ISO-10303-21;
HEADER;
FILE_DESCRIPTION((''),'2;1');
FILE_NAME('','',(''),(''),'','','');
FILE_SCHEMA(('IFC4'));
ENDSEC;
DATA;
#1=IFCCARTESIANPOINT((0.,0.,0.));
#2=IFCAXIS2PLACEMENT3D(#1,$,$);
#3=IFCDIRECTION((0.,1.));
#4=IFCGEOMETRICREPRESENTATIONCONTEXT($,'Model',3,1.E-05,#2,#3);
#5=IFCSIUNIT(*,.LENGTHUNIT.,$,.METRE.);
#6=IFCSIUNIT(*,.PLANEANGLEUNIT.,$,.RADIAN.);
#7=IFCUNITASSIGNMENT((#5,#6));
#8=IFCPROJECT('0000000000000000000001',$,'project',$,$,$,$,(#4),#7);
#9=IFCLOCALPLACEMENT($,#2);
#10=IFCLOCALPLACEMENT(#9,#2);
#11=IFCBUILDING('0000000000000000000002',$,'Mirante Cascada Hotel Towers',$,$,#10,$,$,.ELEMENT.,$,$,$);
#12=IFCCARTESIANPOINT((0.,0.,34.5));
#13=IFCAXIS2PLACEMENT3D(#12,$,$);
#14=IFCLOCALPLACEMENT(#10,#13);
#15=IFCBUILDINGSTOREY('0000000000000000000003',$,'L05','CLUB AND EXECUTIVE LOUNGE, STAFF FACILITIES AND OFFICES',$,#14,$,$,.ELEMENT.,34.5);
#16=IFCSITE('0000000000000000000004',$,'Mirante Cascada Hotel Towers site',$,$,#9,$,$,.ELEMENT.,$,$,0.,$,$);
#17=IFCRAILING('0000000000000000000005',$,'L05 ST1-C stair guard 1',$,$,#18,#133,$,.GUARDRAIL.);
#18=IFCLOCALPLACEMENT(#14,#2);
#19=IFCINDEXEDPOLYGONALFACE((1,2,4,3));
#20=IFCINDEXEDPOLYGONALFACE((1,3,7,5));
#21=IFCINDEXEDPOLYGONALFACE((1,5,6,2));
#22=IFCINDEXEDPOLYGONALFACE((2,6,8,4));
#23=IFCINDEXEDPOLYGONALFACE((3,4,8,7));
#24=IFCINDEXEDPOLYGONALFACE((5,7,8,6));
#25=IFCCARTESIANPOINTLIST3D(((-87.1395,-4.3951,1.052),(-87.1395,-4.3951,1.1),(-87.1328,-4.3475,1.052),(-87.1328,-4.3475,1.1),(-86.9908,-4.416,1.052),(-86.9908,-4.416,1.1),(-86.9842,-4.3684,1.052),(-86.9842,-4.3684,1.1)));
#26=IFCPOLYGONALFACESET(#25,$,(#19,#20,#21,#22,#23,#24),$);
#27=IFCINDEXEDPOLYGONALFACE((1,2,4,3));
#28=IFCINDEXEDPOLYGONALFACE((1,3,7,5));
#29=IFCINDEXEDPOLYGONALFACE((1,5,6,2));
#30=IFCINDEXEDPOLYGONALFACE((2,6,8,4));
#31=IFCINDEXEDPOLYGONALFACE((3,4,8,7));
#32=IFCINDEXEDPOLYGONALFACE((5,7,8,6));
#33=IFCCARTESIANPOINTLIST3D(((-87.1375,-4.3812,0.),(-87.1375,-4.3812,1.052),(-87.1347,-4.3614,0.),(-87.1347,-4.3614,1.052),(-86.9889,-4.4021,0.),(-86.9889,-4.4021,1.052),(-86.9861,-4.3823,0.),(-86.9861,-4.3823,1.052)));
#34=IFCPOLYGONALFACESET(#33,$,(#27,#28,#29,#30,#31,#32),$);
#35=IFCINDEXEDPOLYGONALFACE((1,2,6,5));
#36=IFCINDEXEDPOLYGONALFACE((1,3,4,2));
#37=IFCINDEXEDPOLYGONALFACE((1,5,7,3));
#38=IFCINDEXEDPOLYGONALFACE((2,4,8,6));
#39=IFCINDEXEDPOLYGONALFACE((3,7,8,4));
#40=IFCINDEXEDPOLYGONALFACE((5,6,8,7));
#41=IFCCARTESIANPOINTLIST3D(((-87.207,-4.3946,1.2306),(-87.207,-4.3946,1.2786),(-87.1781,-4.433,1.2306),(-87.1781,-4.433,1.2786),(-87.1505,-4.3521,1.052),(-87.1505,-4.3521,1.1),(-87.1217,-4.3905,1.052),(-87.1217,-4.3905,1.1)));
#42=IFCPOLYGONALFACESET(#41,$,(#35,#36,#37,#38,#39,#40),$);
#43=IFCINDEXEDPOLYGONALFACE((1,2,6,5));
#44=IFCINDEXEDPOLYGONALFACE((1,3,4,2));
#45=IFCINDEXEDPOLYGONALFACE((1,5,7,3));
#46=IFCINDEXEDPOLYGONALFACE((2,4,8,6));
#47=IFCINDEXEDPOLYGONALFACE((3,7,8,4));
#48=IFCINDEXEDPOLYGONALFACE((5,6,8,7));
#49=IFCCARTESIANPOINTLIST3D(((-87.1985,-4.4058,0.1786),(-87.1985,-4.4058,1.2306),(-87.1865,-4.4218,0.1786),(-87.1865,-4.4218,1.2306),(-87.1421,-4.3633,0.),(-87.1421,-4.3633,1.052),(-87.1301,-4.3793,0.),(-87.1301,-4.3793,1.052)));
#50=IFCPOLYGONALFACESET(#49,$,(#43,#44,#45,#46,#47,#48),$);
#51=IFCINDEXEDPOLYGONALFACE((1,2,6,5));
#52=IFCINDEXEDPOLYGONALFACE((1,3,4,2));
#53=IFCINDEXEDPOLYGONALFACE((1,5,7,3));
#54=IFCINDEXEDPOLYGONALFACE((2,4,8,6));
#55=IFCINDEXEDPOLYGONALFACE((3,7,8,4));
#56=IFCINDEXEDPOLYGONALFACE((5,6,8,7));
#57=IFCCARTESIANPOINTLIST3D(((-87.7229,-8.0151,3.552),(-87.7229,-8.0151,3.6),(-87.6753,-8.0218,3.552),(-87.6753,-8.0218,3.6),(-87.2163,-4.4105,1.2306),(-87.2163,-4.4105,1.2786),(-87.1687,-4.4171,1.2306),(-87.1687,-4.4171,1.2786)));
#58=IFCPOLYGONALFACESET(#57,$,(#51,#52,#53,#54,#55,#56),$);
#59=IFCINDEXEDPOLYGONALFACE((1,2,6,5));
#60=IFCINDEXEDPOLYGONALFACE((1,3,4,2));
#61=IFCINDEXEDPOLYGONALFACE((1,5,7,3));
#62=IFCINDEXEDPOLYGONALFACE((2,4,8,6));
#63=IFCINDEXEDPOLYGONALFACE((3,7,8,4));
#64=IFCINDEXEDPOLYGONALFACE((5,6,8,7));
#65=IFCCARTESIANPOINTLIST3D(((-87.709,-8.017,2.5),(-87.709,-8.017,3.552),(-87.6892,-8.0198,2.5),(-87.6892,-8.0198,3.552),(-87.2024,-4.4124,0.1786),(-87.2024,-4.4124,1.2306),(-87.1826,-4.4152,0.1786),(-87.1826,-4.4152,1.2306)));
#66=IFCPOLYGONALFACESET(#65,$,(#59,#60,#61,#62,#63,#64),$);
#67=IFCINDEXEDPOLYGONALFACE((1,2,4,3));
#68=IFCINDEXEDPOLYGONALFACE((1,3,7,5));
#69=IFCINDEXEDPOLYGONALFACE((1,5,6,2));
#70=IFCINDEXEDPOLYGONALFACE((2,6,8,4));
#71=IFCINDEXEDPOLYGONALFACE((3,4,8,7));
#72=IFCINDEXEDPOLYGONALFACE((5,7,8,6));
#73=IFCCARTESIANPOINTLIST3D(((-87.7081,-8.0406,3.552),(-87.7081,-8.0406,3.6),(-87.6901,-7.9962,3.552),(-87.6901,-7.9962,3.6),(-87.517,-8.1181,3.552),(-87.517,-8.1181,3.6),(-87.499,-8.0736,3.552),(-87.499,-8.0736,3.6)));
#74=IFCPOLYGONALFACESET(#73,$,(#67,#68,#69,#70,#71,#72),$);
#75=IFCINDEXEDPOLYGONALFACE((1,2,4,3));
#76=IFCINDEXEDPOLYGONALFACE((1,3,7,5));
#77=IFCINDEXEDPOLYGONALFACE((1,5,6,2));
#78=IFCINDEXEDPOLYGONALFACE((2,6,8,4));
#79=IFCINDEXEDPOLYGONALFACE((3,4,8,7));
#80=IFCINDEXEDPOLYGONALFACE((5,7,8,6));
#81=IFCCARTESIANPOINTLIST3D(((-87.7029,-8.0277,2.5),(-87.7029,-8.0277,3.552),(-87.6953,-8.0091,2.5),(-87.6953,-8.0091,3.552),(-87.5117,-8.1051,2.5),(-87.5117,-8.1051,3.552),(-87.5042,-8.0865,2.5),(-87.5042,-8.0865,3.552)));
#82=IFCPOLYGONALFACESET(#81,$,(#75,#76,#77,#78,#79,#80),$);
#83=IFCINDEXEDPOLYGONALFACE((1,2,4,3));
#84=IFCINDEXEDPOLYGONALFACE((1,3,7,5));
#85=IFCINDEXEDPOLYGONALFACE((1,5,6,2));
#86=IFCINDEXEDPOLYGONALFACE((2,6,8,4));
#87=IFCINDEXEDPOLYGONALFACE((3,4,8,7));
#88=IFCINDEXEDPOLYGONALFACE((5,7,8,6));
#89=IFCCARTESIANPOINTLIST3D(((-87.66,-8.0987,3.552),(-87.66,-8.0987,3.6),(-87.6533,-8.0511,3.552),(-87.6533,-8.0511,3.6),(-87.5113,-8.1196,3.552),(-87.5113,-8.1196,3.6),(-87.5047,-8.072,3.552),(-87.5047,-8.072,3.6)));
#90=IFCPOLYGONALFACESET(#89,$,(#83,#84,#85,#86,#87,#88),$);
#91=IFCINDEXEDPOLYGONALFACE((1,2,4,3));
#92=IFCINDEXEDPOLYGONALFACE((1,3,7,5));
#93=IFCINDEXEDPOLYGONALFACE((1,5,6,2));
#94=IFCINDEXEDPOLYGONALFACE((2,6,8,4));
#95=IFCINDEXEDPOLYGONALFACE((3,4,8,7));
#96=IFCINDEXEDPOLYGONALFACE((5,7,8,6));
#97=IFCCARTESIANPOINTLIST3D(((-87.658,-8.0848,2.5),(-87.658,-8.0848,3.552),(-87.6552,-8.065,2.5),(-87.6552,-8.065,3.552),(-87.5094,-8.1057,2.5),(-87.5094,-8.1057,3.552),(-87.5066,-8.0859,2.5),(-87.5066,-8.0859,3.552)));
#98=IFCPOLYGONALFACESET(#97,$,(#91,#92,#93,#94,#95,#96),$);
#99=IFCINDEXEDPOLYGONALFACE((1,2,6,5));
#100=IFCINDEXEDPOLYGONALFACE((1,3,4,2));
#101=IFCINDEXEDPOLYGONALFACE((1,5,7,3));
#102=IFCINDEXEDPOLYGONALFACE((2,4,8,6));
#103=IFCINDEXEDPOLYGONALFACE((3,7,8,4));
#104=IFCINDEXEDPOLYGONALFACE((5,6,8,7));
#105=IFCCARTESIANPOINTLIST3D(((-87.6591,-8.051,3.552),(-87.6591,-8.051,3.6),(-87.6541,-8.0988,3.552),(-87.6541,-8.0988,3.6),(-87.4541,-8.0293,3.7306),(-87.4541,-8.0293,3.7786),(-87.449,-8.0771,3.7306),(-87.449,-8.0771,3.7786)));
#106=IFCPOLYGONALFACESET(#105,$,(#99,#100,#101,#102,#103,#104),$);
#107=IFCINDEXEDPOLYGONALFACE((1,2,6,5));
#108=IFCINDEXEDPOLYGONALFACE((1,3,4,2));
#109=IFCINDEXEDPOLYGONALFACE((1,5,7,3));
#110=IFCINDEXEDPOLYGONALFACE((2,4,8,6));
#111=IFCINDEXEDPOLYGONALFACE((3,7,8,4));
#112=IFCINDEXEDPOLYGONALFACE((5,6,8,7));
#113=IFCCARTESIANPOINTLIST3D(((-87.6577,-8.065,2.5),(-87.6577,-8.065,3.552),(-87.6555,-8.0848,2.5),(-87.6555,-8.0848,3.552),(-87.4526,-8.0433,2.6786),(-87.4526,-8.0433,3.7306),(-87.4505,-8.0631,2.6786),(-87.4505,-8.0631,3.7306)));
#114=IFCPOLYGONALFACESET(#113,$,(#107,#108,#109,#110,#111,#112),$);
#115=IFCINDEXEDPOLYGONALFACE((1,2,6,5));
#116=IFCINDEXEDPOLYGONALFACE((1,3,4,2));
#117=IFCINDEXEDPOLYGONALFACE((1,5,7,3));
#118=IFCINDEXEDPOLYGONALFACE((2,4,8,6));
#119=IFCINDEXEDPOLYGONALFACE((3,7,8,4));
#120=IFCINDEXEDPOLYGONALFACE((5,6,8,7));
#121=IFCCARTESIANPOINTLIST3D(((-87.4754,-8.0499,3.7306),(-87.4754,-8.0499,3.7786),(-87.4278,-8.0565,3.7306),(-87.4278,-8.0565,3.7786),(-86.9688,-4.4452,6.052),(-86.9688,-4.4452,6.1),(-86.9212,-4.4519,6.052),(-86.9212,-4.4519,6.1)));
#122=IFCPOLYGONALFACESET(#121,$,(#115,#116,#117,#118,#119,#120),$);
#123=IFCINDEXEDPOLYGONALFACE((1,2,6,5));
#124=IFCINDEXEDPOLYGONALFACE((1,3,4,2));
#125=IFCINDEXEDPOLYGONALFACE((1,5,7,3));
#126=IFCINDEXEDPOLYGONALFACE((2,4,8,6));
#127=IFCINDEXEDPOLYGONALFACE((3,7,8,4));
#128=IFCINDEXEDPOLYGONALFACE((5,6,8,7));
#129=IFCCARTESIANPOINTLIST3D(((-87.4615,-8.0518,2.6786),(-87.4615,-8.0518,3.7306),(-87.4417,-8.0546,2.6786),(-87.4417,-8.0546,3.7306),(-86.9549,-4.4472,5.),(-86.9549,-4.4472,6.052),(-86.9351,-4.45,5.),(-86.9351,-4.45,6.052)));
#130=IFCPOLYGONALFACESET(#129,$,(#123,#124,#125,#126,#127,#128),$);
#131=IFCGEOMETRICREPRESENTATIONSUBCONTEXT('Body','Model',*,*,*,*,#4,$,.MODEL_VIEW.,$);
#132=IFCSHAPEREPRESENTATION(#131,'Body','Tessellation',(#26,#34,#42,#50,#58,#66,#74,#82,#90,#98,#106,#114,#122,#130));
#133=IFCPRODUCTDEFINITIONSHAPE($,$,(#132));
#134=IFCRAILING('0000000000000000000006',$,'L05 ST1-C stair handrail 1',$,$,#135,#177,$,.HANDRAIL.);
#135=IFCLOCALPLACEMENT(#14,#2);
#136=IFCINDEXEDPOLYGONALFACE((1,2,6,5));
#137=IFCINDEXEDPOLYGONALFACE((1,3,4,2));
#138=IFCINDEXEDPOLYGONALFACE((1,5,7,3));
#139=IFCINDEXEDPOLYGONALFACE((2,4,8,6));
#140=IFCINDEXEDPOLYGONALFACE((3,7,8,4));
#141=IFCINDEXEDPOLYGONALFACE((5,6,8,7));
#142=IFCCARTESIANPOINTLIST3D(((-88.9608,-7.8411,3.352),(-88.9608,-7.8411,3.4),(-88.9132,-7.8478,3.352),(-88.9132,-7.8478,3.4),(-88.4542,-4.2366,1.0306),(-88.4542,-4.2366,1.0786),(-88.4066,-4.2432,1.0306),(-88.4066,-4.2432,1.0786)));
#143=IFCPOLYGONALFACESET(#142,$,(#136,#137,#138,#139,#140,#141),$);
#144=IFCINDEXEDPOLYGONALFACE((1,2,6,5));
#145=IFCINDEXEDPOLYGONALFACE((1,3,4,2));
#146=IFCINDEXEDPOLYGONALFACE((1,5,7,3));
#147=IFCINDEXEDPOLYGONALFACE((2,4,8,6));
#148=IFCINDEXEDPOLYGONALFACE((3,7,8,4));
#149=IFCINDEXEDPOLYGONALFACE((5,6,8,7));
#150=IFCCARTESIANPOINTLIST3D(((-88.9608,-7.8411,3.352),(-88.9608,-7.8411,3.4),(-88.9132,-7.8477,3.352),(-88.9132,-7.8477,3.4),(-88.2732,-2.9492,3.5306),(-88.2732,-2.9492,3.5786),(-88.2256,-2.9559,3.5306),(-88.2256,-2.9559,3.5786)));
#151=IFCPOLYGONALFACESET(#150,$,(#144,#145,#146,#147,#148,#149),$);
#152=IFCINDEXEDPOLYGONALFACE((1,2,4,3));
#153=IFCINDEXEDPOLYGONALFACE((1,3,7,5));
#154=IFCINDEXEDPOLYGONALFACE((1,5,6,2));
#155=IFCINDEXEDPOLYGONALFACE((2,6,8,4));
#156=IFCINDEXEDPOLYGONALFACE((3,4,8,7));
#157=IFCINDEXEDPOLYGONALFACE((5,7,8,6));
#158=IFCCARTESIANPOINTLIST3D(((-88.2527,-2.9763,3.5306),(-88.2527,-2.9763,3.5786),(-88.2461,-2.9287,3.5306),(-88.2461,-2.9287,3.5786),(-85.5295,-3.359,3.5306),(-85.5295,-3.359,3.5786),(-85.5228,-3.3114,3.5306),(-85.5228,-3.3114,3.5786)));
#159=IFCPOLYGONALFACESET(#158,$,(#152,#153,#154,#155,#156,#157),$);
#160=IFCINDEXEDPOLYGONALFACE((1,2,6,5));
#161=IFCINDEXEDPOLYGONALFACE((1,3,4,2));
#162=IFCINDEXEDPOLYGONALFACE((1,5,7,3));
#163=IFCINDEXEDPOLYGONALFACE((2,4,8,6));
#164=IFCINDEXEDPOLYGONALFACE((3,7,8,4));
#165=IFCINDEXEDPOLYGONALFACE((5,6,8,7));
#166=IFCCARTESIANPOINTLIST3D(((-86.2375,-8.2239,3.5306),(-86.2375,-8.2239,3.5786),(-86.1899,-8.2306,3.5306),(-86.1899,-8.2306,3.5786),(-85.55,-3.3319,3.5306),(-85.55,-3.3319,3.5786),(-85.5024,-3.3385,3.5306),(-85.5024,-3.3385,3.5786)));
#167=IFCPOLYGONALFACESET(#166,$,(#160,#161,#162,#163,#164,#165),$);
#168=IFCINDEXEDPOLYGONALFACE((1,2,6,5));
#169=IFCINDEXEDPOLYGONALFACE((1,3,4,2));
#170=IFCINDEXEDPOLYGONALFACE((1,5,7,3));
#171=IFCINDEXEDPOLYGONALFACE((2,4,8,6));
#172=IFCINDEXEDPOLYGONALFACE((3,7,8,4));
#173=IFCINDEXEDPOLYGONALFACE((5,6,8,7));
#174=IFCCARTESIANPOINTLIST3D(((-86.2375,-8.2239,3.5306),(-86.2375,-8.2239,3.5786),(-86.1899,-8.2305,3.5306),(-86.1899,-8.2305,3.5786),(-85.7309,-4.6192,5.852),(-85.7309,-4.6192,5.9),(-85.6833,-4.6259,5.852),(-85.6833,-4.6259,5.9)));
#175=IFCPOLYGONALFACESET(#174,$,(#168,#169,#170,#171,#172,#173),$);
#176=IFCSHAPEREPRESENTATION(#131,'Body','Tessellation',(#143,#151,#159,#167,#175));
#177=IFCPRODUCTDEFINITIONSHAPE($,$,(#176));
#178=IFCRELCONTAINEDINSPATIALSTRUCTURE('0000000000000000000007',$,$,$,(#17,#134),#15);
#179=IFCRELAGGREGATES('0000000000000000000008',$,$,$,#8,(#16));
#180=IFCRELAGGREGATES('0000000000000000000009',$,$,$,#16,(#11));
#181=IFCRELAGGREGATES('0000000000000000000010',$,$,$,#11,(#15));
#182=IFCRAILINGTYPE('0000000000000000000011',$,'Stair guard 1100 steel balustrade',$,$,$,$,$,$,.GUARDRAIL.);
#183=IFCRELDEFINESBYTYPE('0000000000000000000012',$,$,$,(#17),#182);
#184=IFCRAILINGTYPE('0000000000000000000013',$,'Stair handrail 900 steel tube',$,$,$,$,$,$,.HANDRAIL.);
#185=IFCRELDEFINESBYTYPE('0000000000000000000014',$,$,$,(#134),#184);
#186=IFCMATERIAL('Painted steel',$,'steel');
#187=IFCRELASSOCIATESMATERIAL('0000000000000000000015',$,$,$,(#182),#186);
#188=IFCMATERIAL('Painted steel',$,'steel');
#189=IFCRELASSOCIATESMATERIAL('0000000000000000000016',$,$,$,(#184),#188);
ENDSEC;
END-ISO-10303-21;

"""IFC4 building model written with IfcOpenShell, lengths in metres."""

from ifc_helpers import new_model, si_unit, direction, frame, origin, origin_2d, place, context, subcontext, project, spatial, rectangle, extrude, material, type_object, element, save


model = new_model("IFC4")

# Units and contexts
model_context = context("Model", 3, precision=1e-05, world=origin(), true_north=direction((0.0, 1.0)))
body_context = subcontext(model_context, "Body", "Model", "MODEL_VIEW")
ifc_project = project(units=[si_unit("LENGTHUNIT", "METRE"), si_unit("PLANEANGLEUNIT", "RADIAN")], contexts=[model_context])

# Site, building, storey
site_placement = place(None, origin())
site = spatial("IfcSite", under=ifc_project, at=site_placement, Name="Mirante Cascada Hotel Towers site", CompositionType="ELEMENT", RefElevation=0.0)
building_placement = place(site_placement, origin())
building = spatial("IfcBuilding", under=site, at=building_placement, Name="Mirante Cascada Hotel Towers", CompositionType="ELEMENT")
storey_placement = place(building_placement, frame((0.0, 0.0, 34.5)))
storey = spatial("IfcBuildingStorey", under=building, at=storey_placement, Name="L05", Description="CLUB AND EXECUTIVE LOUNGE, STAFF FACILITIES AND OFFICES", CompositionType="ELEMENT", Elevation=34.5)

# Railings
ifc_material_1 = material(Name="Painted steel", Category="steel")
railing_type_1 = type_object("IfcRailingType", Name="Stair guard 1100 steel balustrade", PredefinedType="GUARDRAIL", material=ifc_material_1)
railing_1_placement = place(storey_placement, frame((-86.9875, -4.3922, 0.0)))
element("IfcRailing", 1, at=railing_1_placement, inside=storey, type_object=railing_type_1, Name="L05 ST1-C stair guard 1", PredefinedType="GUARDRAIL", context=body_context, shape_type="SweptSolid", body=[
    extrude(rectangle(XDim=0.048, YDim=0.048, at=origin_2d()), frame((0.0, 0.0, 1.076), z_axis=(-0.990254, 0.139275, 0.0), x_axis=(-0.139275, -0.990254, 0.0)), (0.0, 0.0, 1.0), 0.1501),
    extrude(rectangle(XDim=0.02, YDim=1.052, at=origin_2d()), frame((0.0, 0.0, 0.526), z_axis=(-0.990254, 0.139275, 0.0), x_axis=(-0.139275, -0.990254, 0.0)), (0.0, 0.0, 1.0), 0.1501),
    extrude(rectangle(XDim=0.048, YDim=0.048, at=origin_2d()), frame((-0.1486, 0.0209, 1.076), z_axis=(-0.798639, -0.601811, 0.0), x_axis=(0.601811, -0.798639, 0.0)), (0.0, 0.929941, 0.367708), 0.1921),
    extrude(rectangle(XDim=0.02, YDim=1.052, at=origin_2d()), frame((-0.1486, 0.0209, 0.526), z_axis=(-0.798639, -0.601811, 0.0), x_axis=(0.601811, -0.798639, 0.0)), (0.0, 0.929941, 0.367708), 0.1921),
    extrude(rectangle(XDim=0.048, YDim=0.048, at=origin_2d()), frame((-0.205, -0.0216, 1.2546), z_axis=(-0.139175, -0.990268, 0.0), x_axis=(0.990268, -0.139175, 0.0)), (0.0, 0.537703, 0.843134), 4.3173),
    extrude(rectangle(XDim=0.02, YDim=1.052, at=origin_2d()), frame((-0.205, -0.0216, 0.7046), z_axis=(-0.139175, -0.990268, 0.0), x_axis=(0.990268, -0.139175, 0.0)), (0.0, 0.537703, 0.843134), 4.3173),
    extrude(rectangle(XDim=0.048, YDim=0.048, at=origin_2d()), frame((-0.7116, -3.6262, 3.576), z_axis=(0.926862, -0.375401, 0.0), x_axis=(0.375401, 0.926862, 0.0)), (0.0, 0.0, 1.0), 0.2062),
    extrude(rectangle(XDim=0.02, YDim=1.052, at=origin_2d()), frame((-0.7116, -3.6262, 3.026), z_axis=(0.926862, -0.375401, 0.0), x_axis=(0.375401, 0.926862, 0.0)), (0.0, 0.0, 1.0), 0.2062),
    extrude(rectangle(XDim=0.048, YDim=0.048, at=origin_2d()), frame((-0.5205, -3.7036, 3.576), z_axis=(-0.990254, 0.139275, 0.0), x_axis=(-0.139275, -0.990254, 0.0)), (0.0, 0.0, 1.0), 0.1501),
    extrude(rectangle(XDim=0.02, YDim=1.052, at=origin_2d()), frame((-0.5205, -3.7036, 3.026), z_axis=(-0.990254, 0.139275, 0.0), x_axis=(-0.139275, -0.990254, 0.0)), (0.0, 0.0, 1.0), 0.1501),
    extrude(rectangle(XDim=0.048, YDim=0.048, at=origin_2d()), frame((-0.6691, -3.6827, 3.576), z_axis=(0.994444, 0.105266, 0.0), x_axis=(-0.105266, 0.994444, 0.0)), (0.0, 0.654806, 0.755797), 0.2728),
    extrude(rectangle(XDim=0.02, YDim=1.052, at=origin_2d()), frame((-0.6691, -3.6827, 3.026), z_axis=(0.994444, 0.105266, 0.0), x_axis=(-0.105266, 0.994444, 0.0)), (0.0, 0.654806, 0.755797), 0.2728),
    extrude(rectangle(XDim=0.048, YDim=0.048, at=origin_2d()), frame((-0.4641, -3.661, 3.7546), z_axis=(0.139175, 0.990268, 0.0), x_axis=(-0.990268, 0.139175, 0.0)), (0.0, 0.537703, 0.843134), 4.3173),
    extrude(rectangle(XDim=0.02, YDim=1.052, at=origin_2d()), frame((-0.4641, -3.661, 3.2046), z_axis=(0.139175, 0.990268, 0.0), x_axis=(-0.990268, 0.139175, 0.0)), (0.0, 0.537703, 0.843134), 4.3173),
])
ifc_material_2 = material(Name="Painted steel", Category="steel")
railing_type_2 = type_object("IfcRailingType", Name="Stair handrail 900 steel tube", PredefinedType="HANDRAIL", material=ifc_material_2)
railing_2_placement = place(storey_placement, frame((-88.4304, -4.2399, 0.1786)))
element("IfcRailing", 2, at=railing_2_placement, inside=storey, type_object=railing_type_2, Name="L05 ST1-C stair handrail 1", PredefinedType="HANDRAIL", context=body_context, shape_type="SweptSolid", body=[
    extrude(rectangle(XDim=0.048, YDim=0.048, at=origin_2d()), frame((0.0, 0.0, 0.876), z_axis=(-0.139179, -0.990267, 0.0), x_axis=(0.990267, -0.139179, 0.0)), (0.0, 0.537713, 0.843128), 4.3172),
    extrude(rectangle(XDim=0.048, YDim=0.048, at=origin_2d()), frame((-0.5066, -3.6045, 3.1974), z_axis=(0.139191, 0.990266, 0.0), x_axis=(-0.990266, 0.139191, 0.0)), (0.0, 0.03613, 0.999347), 4.9432),
    extrude(rectangle(XDim=0.048, YDim=0.048, at=origin_2d()), frame((0.181, 1.2874, 3.376), z_axis=(0.990269, -0.139166, 0.0), x_axis=(0.139166, 0.990269, 0.0)), (0.0, 0.0, 1.0), 2.75),
    extrude(rectangle(XDim=0.048, YDim=0.048, at=origin_2d()), frame((2.9042, 0.9047, 3.376), z_axis=(-0.139168, -0.990269, 0.0), x_axis=(0.990269, -0.139168, 0.0)), (0.0, 0.0, 1.0), 4.9401),
    extrude(rectangle(XDim=0.048, YDim=0.048, at=origin_2d()), frame((2.2167, -3.9873, 3.376), z_axis=(0.139175, 0.990268, 0.0), x_axis=(-0.990268, 0.139175, 0.0)), (0.0, 0.537703, 0.843134), 4.3173),
])

save(model, "model.ifc")
